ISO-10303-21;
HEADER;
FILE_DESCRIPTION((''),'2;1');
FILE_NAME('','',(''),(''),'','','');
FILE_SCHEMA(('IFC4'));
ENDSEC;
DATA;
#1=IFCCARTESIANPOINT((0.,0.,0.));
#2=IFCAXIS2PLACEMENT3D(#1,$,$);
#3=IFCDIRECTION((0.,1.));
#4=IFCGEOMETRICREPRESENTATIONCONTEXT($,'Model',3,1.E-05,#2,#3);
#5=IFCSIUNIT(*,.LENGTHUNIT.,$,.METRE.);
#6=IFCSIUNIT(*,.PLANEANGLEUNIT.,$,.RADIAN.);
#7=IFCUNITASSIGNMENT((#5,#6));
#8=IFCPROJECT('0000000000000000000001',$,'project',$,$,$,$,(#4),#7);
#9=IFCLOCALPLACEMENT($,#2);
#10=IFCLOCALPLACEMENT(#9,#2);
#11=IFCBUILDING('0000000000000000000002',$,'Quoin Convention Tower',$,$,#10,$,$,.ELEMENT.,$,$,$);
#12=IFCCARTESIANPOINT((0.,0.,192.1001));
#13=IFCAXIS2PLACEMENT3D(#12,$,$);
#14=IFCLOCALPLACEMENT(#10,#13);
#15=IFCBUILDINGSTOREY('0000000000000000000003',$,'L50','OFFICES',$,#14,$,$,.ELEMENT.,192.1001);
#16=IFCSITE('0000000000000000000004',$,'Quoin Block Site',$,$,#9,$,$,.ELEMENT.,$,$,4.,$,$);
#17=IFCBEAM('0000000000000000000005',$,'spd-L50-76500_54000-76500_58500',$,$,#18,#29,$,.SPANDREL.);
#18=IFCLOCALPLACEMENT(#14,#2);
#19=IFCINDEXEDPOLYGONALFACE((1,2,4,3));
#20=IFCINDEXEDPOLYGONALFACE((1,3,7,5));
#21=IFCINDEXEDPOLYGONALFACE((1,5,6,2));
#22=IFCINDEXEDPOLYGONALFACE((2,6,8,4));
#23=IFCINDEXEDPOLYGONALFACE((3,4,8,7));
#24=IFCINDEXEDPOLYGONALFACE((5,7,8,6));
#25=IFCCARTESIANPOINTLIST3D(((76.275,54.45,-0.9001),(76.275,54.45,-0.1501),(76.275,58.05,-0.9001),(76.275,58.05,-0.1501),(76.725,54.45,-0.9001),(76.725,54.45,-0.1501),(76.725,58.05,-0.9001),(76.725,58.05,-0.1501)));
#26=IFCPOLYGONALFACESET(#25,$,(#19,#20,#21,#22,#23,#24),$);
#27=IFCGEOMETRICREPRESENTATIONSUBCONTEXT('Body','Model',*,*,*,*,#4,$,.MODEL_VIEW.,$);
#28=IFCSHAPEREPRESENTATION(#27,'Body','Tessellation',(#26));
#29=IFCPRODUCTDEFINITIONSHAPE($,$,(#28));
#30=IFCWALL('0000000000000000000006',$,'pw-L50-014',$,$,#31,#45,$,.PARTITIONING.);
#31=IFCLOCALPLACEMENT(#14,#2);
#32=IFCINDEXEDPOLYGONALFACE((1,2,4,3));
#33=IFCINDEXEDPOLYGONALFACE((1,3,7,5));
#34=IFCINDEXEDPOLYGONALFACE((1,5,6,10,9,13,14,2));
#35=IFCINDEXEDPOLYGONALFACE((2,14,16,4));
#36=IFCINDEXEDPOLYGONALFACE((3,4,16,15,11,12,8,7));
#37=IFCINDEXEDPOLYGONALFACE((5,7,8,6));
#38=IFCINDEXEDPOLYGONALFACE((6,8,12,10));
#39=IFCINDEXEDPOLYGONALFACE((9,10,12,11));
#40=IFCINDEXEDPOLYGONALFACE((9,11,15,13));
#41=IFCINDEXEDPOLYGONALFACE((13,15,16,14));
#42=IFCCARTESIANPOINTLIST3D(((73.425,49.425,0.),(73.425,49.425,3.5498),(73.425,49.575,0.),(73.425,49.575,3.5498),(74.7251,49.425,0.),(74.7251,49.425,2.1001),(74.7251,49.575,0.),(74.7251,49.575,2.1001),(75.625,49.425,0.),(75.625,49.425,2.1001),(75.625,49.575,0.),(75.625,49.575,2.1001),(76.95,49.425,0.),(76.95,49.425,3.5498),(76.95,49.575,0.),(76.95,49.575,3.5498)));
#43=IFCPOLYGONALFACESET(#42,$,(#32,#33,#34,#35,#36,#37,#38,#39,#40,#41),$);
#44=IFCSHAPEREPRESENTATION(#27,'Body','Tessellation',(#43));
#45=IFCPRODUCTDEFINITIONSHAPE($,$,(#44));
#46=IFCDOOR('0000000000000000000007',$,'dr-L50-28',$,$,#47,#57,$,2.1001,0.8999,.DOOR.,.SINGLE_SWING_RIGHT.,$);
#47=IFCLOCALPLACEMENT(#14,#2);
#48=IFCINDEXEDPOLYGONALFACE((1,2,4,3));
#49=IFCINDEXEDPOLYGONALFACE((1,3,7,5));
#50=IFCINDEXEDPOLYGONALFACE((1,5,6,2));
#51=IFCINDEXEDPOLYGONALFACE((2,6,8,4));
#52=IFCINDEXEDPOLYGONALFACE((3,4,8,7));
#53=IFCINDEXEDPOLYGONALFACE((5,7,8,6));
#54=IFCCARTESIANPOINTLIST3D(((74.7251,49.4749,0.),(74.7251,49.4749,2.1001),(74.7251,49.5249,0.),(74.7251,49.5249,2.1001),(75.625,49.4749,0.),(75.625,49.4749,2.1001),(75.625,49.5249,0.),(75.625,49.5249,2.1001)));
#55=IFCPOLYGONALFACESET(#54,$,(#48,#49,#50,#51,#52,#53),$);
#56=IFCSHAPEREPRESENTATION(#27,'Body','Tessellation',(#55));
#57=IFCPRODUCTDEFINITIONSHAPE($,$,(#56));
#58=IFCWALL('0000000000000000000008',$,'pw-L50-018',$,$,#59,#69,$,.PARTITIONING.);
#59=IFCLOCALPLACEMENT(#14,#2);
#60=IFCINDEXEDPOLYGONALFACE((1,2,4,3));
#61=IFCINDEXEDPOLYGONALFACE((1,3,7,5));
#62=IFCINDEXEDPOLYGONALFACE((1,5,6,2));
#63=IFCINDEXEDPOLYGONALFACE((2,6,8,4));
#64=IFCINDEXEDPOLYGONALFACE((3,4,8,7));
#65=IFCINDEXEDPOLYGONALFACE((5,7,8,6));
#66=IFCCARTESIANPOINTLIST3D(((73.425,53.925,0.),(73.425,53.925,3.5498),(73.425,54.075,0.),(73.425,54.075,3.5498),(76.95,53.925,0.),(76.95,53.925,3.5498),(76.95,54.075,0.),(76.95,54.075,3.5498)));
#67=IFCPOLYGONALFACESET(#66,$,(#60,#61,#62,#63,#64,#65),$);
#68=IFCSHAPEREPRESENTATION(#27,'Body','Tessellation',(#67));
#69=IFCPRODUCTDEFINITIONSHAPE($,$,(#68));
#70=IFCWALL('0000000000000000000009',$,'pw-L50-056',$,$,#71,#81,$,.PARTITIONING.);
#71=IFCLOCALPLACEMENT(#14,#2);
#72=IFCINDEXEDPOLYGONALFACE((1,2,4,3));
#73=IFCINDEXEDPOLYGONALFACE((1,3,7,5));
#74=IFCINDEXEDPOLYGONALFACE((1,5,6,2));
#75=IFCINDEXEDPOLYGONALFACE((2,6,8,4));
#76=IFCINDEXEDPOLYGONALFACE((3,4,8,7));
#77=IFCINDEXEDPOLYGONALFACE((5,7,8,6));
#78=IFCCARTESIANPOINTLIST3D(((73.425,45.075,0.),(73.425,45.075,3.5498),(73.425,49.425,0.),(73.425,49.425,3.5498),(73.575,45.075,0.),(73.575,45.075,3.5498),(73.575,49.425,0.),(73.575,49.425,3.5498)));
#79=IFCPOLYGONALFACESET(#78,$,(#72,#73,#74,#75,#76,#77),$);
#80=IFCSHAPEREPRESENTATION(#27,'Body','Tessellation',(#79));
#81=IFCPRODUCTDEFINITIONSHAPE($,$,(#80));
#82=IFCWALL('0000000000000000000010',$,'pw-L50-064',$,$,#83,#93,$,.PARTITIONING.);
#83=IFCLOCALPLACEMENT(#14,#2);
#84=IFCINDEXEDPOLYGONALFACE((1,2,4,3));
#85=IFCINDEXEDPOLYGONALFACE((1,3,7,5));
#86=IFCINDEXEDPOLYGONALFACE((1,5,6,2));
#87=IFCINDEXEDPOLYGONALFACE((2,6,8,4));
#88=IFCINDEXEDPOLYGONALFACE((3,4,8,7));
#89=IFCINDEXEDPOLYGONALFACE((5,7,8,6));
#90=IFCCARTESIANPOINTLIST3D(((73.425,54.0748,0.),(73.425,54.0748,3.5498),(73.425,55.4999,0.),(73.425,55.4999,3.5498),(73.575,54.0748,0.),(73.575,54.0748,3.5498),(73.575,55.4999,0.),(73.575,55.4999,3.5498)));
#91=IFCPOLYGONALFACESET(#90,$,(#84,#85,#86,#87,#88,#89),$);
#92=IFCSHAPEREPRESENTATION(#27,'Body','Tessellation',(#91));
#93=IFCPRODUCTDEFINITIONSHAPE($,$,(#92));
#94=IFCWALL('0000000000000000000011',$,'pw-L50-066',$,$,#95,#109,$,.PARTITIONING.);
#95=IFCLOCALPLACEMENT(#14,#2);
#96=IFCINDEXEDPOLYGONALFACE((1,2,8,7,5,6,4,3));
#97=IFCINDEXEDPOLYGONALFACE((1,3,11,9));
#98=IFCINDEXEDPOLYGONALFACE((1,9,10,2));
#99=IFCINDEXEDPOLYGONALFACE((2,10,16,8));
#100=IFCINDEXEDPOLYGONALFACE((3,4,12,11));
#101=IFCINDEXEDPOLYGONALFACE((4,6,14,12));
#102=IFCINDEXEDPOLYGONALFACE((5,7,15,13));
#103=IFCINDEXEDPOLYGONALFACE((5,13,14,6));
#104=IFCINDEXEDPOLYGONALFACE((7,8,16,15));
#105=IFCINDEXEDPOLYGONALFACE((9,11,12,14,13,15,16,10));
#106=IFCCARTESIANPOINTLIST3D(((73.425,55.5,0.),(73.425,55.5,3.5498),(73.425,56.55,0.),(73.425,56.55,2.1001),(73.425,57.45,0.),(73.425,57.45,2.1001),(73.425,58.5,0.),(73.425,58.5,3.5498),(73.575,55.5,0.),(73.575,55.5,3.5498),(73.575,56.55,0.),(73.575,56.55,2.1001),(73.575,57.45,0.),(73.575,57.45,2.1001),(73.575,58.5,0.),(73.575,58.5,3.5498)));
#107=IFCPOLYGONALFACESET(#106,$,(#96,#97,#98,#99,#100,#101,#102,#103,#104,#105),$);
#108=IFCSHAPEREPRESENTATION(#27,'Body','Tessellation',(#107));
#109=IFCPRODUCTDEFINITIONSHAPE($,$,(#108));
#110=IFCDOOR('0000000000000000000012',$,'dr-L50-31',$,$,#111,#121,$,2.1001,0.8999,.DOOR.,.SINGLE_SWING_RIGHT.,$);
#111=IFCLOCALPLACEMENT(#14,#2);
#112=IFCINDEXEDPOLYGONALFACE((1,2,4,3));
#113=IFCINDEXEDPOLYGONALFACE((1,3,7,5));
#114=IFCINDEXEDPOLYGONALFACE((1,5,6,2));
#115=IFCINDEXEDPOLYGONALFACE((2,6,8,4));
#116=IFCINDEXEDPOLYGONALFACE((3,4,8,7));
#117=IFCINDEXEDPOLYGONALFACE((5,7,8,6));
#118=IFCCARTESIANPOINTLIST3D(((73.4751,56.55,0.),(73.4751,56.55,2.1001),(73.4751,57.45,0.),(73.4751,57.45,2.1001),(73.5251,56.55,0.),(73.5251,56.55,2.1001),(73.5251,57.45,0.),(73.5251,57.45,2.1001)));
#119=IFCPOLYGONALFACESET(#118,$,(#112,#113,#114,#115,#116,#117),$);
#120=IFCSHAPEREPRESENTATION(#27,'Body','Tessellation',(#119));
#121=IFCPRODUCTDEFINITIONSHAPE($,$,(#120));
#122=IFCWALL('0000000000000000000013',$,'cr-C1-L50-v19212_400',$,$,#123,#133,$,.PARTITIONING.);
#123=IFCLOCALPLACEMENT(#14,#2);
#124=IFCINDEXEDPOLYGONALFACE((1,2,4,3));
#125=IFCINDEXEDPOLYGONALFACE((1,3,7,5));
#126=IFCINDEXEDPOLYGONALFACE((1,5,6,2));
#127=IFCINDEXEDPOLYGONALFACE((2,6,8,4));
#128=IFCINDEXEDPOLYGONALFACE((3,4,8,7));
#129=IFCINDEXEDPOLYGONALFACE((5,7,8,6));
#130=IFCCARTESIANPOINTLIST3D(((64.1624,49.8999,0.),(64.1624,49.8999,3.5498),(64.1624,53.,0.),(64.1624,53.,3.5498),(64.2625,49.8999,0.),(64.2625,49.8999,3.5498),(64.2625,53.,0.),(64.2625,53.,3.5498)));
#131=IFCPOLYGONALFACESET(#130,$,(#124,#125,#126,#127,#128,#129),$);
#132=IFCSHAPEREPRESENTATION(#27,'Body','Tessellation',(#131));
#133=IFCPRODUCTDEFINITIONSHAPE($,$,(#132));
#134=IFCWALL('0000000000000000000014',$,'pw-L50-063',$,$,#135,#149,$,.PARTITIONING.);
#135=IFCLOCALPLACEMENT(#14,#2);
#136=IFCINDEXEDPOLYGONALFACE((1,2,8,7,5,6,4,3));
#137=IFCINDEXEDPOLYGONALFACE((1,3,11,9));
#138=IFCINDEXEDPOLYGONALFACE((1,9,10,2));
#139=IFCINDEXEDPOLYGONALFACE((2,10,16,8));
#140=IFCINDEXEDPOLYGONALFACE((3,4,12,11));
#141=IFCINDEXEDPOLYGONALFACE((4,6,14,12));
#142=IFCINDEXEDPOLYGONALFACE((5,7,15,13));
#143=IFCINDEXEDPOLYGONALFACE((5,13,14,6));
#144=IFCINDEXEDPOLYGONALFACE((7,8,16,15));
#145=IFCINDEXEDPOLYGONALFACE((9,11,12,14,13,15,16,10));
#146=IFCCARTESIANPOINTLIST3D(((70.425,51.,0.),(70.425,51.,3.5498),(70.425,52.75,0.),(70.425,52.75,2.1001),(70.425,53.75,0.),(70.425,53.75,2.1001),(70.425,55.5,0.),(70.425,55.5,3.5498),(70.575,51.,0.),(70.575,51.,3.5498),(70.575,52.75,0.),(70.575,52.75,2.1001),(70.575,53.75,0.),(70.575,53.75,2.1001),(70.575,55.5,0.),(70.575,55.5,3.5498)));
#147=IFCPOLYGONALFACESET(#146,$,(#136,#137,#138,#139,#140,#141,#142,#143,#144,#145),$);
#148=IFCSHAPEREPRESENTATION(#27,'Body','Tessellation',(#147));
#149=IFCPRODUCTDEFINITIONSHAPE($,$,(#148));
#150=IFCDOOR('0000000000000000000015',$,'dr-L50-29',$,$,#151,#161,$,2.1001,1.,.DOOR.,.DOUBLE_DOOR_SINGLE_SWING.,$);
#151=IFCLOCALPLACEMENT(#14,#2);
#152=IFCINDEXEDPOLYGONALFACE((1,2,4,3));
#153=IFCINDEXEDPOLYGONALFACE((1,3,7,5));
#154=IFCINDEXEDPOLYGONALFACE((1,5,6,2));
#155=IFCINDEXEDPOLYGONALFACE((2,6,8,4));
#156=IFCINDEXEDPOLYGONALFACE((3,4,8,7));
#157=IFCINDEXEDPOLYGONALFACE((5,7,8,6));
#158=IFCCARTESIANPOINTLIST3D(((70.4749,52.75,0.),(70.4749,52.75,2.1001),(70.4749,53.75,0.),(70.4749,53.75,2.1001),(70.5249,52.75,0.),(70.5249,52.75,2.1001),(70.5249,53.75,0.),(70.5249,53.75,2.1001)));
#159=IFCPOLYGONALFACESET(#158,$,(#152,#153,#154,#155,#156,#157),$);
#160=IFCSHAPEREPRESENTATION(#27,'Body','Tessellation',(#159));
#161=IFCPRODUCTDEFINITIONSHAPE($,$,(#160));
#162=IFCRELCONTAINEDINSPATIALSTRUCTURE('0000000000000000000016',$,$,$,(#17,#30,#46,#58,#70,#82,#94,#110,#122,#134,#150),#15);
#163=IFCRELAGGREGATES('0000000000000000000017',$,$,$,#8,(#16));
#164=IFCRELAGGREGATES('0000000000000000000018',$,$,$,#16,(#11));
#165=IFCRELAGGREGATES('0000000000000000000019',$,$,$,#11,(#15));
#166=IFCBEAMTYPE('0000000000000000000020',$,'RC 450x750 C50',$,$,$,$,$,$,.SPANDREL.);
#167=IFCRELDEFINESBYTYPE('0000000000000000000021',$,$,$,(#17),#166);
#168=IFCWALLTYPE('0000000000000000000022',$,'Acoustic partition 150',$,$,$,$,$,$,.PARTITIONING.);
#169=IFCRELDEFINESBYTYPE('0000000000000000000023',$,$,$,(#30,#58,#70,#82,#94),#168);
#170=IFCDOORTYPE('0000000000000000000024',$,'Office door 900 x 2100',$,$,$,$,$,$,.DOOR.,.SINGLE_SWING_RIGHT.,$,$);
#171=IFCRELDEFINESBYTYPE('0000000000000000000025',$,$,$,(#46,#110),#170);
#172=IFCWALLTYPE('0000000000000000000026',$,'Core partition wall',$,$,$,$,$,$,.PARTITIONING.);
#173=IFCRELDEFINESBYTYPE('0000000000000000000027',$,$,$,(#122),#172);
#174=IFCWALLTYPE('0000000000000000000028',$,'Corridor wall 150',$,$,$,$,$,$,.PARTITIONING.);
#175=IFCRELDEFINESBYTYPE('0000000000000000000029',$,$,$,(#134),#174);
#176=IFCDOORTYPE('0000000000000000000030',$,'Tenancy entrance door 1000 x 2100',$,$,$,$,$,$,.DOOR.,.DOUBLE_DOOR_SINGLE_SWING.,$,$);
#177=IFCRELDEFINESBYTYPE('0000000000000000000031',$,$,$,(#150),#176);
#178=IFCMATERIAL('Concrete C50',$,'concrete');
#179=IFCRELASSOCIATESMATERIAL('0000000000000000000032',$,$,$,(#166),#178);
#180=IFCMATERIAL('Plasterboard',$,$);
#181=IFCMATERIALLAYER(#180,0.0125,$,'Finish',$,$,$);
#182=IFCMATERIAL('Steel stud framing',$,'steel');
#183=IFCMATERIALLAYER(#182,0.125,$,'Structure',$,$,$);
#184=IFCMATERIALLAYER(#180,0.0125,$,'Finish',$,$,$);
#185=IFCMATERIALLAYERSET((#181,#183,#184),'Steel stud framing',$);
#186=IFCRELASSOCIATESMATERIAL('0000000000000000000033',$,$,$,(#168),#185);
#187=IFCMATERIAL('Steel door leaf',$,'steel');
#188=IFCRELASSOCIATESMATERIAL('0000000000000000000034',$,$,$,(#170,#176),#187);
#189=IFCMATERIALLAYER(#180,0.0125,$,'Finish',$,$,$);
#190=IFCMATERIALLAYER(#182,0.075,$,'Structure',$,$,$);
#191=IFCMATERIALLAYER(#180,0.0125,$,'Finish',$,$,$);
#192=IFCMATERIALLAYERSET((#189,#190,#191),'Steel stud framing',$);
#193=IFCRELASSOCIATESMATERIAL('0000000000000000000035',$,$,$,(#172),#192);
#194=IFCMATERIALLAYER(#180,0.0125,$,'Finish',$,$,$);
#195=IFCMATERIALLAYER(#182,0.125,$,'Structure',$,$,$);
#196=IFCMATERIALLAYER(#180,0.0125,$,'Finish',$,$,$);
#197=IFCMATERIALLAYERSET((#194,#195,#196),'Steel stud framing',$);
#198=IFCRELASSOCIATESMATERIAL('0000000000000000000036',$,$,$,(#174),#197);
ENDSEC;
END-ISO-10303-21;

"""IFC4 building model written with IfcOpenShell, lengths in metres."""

from ifc_helpers import new_model, si_unit, direction, frame, frame_2d, origin, origin_2d, place, context, subcontext, project, spatial, rectangle, extrude, material, layer, layer_set, material_profile, profile_set, type_object, element, fill, save


model = new_model("IFC4")

# Units and contexts
model_context = context("Model", 3, precision=1e-05, world=origin(), true_north=direction((0.0, 1.0)))
body_context = subcontext(model_context, "Body", "Model", "MODEL_VIEW")
ifc_project = project(units=[si_unit("LENGTHUNIT", "METRE"), si_unit("PLANEANGLEUNIT", "RADIAN")], contexts=[model_context])

# Site, building, storey
site_placement = place(None, origin())
site = spatial("IfcSite", under=ifc_project, at=site_placement, Name="Quoin Block Site", CompositionType="ELEMENT", RefElevation=4.0)
building_placement = place(site_placement, origin())
building = spatial("IfcBuilding", under=site, at=building_placement, Name="Quoin Convention Tower", CompositionType="ELEMENT")
storey_placement = place(building_placement, frame((0.0, 0.0, 192.1001)))
storey = spatial("IfcBuildingStorey", under=building, at=storey_placement, Name="L50", Description="OFFICES", CompositionType="ELEMENT", Elevation=192.1001)

# Shared definitions
ifc_material_1 = material(Name="Concrete C50", Category="concrete")

# Beam
ifc_material_profile_1 = material_profile(ifc_material_1, rectangle(XDim=0.45, YDim=0.75, at=origin_2d()), Name="RC 450x750")
ifc_profile_set_1 = profile_set([ifc_material_profile_1], Name="Concrete C50")
beam_type_1 = type_object("IfcBeamType", Name="RC 450x750 C50", PredefinedType="SPANDREL", material=ifc_profile_set_1)
for number, where, z_axis, x_axis, name in (
    (1, (76.5, 54.45, -0.5251), (0.0, 1.0, 0.0), (-1.0, 0.0, 0.0), "spd-L50-76500_54000-76500_58500"),
):
    element("IfcBeam", number, at=place(storey_placement, frame(where, z_axis=z_axis, x_axis=x_axis)), inside=storey, type_object=beam_type_1, Name=name, PredefinedType="SPANDREL", context=body_context, shape_type="SweptSolid", body=[
        extrude(rectangle(XDim=0.45, YDim=0.75, at=origin_2d()), origin(), (0.0, 0.0, 1.0), 3.6001),
    ])

# Wall, opening, door
ifc_material_2 = material(Name="Plasterboard")
ifc_layer_1 = layer(ifc_material_2, 0.0125, Name="Finish")
ifc_material_3 = material(Name="Steel stud framing", Category="steel")
ifc_layer_2 = layer(ifc_material_3, 0.125, Name="Structure")
ifc_layer_3 = layer(ifc_material_2, 0.0125, Name="Finish")
ifc_layer_set_1 = layer_set([ifc_layer_1, ifc_layer_2, ifc_layer_3], Name="Steel stud framing")
wall_type_1 = type_object("IfcWallType", Name="Acoustic partition 150", PredefinedType="PARTITIONING", material=ifc_layer_set_1)
wall_1_placement = place(storey_placement, frame((73.425, 49.5, 0.0), z_axis=(0.0, 0.0, 1.0), x_axis=(1.0, 0.0, 0.0)))
wall_1 = element("IfcWall", 2, at=wall_1_placement, inside=storey, type_object=wall_type_1, Name="pw-L50-014", PredefinedType="PARTITIONING", context=body_context, shape_type="SweptSolid", body=[
    extrude(rectangle(XDim=3.5249, YDim=0.1499, at=frame_2d((1.7625, 0.0))), origin(), (0.0, 0.0, 1.0), 3.5498),
])
opening_1_placement = place(wall_1_placement, frame((1.3, 0.0, 0.0)))
opening_1 = element("IfcOpeningElement", 3, at=opening_1_placement, cuts=wall_1, PredefinedType="OPENING", context=body_context, shape_type="SweptSolid", body=[
    extrude(rectangle(XDim=0.8999, YDim=2.1001, at=frame_2d((0.45, 1.05))), frame((0.0, 0.085, 0.0), z_axis=(0.0, -1.0, 0.0), x_axis=(1.0, 0.0, 0.0)), (0.0, 0.0, 1.0), 0.1699),
])
ifc_material_4 = material(Name="Steel door leaf", Category="steel")
door_type_1 = type_object("IfcDoorType", Name="Office door 900 x 2100", OperationType="SINGLE_SWING_RIGHT", PredefinedType="DOOR", material=ifc_material_4)
door_1_placement = place(opening_1_placement, origin())
door_1 = element("IfcDoor", 4, at=door_1_placement, inside=storey, type_object=door_type_1, Name="dr-L50-28", OperationType="SINGLE_SWING_RIGHT", OverallHeight=2.1001, OverallWidth=0.8999, PredefinedType="DOOR", context=body_context, shape_type="SweptSolid", body=[
    extrude(rectangle(XDim=0.8999, YDim=2.1001, at=frame_2d((0.45, 1.05))), frame((0.0, 0.0249, 0.0), z_axis=(0.0, -1.0, 0.0), x_axis=(1.0, 0.0, 0.0)), (0.0, 0.0, 1.0), 0.05),
])
fill(opening_1, door_1)

# Walls
wall_2_placement = place(storey_placement, frame((73.425, 54.0, 0.0), z_axis=(0.0, 0.0, 1.0), x_axis=(1.0, 0.0, 0.0)))
element("IfcWall", 5, at=wall_2_placement, inside=storey, type_object=wall_type_1, Name="pw-L50-018", PredefinedType="PARTITIONING", context=body_context, shape_type="SweptSolid", body=[
    extrude(rectangle(XDim=3.5249, YDim=0.1499, at=frame_2d((1.7625, 0.0))), origin(), (0.0, 0.0, 1.0), 3.5498),
])
wall_3_placement = place(storey_placement, frame((73.5, 45.075, 0.0), z_axis=(0.0, 0.0, 1.0), x_axis=(0.0, 1.0, 0.0)))
element("IfcWall", 6, at=wall_3_placement, inside=storey, type_object=wall_type_1, Name="pw-L50-056", PredefinedType="PARTITIONING", context=body_context, shape_type="SweptSolid", body=[
    extrude(rectangle(XDim=4.3501, YDim=0.1499, at=frame_2d((2.175, 0.0))), origin(), (0.0, 0.0, 1.0), 3.5498),
])
wall_4_placement = place(storey_placement, frame((73.5, 54.075, 0.0), z_axis=(0.0, 0.0, 1.0), x_axis=(0.0, 1.0, 0.0)))
element("IfcWall", 7, at=wall_4_placement, inside=storey, type_object=wall_type_1, Name="pw-L50-064", PredefinedType="PARTITIONING", context=body_context, shape_type="SweptSolid", body=[
    extrude(rectangle(XDim=1.425, YDim=0.1499, at=frame_2d((0.7124, 0.0))), origin(), (0.0, 0.0, 1.0), 3.5498),
])

# Wall, opening, door
wall_5_placement = place(storey_placement, frame((73.5, 55.5, 0.0), z_axis=(0.0, 0.0, 1.0), x_axis=(0.0, 1.0, 0.0)))
wall_5 = element("IfcWall", 8, at=wall_5_placement, inside=storey, type_object=wall_type_1, Name="pw-L50-066", PredefinedType="PARTITIONING", context=body_context, shape_type="SweptSolid", body=[
    extrude(rectangle(XDim=3.0, YDim=0.1499, at=frame_2d((1.5, 0.0))), origin(), (0.0, 0.0, 1.0), 3.5498),
])
opening_2_placement = place(wall_5_placement, frame((1.05, 0.0, 0.0)))
opening_2 = element("IfcOpeningElement", 9, at=opening_2_placement, cuts=wall_5, PredefinedType="OPENING", context=body_context, shape_type="SweptSolid", body=[
    extrude(rectangle(XDim=0.8999, YDim=2.1001, at=frame_2d((0.45, 1.05))), frame((0.0, 0.085, 0.0), z_axis=(0.0, -1.0, 0.0), x_axis=(1.0, 0.0, 0.0)), (0.0, 0.0, 1.0), 0.1699),
])
door_2_placement = place(opening_2_placement, origin())
door_2 = element("IfcDoor", 10, at=door_2_placement, inside=storey, type_object=door_type_1, Name="dr-L50-31", OperationType="SINGLE_SWING_RIGHT", OverallHeight=2.1001, OverallWidth=0.8999, PredefinedType="DOOR", context=body_context, shape_type="SweptSolid", body=[
    extrude(rectangle(XDim=0.8999, YDim=2.1001, at=frame_2d((0.45, 1.05))), frame((0.0, 0.0249, 0.0), z_axis=(0.0, -1.0, 0.0), x_axis=(1.0, 0.0, 0.0)), (0.0, 0.0, 1.0), 0.05),
])
fill(opening_2, door_2)

# Wall
ifc_layer_4 = layer(ifc_material_2, 0.0125, Name="Finish")
ifc_layer_5 = layer(ifc_material_3, 0.075, Name="Structure")
ifc_layer_6 = layer(ifc_material_2, 0.0125, Name="Finish")
ifc_layer_set_2 = layer_set([ifc_layer_4, ifc_layer_5, ifc_layer_6], Name="Steel stud framing")
wall_type_2 = type_object("IfcWallType", Name="Core partition wall", PredefinedType="PARTITIONING", material=ifc_layer_set_2)
wall_6_placement = place(storey_placement, frame((64.2124, 49.8999, 0.0), z_axis=(0.0, 0.0, 1.0), x_axis=(0.0, 1.0, 0.0)))
element("IfcWall", 11, at=wall_6_placement, inside=storey, type_object=wall_type_2, Name="cr-C1-L50-v19212_400", PredefinedType="PARTITIONING", context=body_context, shape_type="SweptSolid", body=[
    extrude(rectangle(XDim=3.1001, YDim=0.1001, at=frame_2d((1.55, 0.0))), origin(), (0.0, 0.0, 1.0), 3.5498),
])

# Wall, opening, door
ifc_layer_7 = layer(ifc_material_2, 0.0125, Name="Finish")
ifc_layer_8 = layer(ifc_material_3, 0.125, Name="Structure")
ifc_layer_9 = layer(ifc_material_2, 0.0125, Name="Finish")
ifc_layer_set_3 = layer_set([ifc_layer_7, ifc_layer_8, ifc_layer_9], Name="Steel stud framing")
wall_type_3 = type_object("IfcWallType", Name="Corridor wall 150", PredefinedType="PARTITIONING", material=ifc_layer_set_3)
wall_7_placement = place(storey_placement, frame((70.5, 51.0, 0.0), z_axis=(0.0, 0.0, 1.0), x_axis=(0.0, 1.0, 0.0)))
wall_7 = element("IfcWall", 12, at=wall_7_placement, inside=storey, type_object=wall_type_3, Name="pw-L50-063", PredefinedType="PARTITIONING", context=body_context, shape_type="SweptSolid", body=[
    extrude(rectangle(XDim=4.5, YDim=0.1499, at=frame_2d((2.25, 0.0))), origin(), (0.0, 0.0, 1.0), 3.5498),
])
opening_3_placement = place(wall_7_placement, frame((1.75, 0.0, 0.0)))
opening_3 = element("IfcOpeningElement", 13, at=opening_3_placement, cuts=wall_7, PredefinedType="OPENING", context=body_context, shape_type="SweptSolid", body=[
    extrude(rectangle(XDim=1.0, YDim=2.1001, at=frame_2d((0.5, 1.05))), frame((0.0, 0.085, 0.0), z_axis=(0.0, -1.0, 0.0), x_axis=(1.0, 0.0, 0.0)), (0.0, 0.0, 1.0), 0.1699),
])
door_type_2 = type_object("IfcDoorType", Name="Tenancy entrance door 1000 x 2100", OperationType="DOUBLE_DOOR_SINGLE_SWING", PredefinedType="DOOR", material=ifc_material_4)
door_3_placement = place(opening_3_placement, frame((1.0, 0.0, 0.0), z_axis=(0.0, 0.0, 1.0), x_axis=(-1.0, 0.0, 0.0)))
door_3 = element("IfcDoor", 14, at=door_3_placement, inside=storey, type_object=door_type_2, Name="dr-L50-29", OperationType="DOUBLE_DOOR_SINGLE_SWING", OverallHeight=2.1001, OverallWidth=1.0, PredefinedType="DOOR", context=body_context, shape_type="SweptSolid", body=[
    extrude(rectangle(XDim=1.0, YDim=2.1001, at=frame_2d((0.5, 1.05))), frame((0.0, 0.0249, 0.0), z_axis=(0.0, -1.0, 0.0), x_axis=(1.0, 0.0, 0.0)), (0.0, 0.0, 1.0), 0.05),
])
fill(opening_3, door_3)

save(model, "model.ifc")
